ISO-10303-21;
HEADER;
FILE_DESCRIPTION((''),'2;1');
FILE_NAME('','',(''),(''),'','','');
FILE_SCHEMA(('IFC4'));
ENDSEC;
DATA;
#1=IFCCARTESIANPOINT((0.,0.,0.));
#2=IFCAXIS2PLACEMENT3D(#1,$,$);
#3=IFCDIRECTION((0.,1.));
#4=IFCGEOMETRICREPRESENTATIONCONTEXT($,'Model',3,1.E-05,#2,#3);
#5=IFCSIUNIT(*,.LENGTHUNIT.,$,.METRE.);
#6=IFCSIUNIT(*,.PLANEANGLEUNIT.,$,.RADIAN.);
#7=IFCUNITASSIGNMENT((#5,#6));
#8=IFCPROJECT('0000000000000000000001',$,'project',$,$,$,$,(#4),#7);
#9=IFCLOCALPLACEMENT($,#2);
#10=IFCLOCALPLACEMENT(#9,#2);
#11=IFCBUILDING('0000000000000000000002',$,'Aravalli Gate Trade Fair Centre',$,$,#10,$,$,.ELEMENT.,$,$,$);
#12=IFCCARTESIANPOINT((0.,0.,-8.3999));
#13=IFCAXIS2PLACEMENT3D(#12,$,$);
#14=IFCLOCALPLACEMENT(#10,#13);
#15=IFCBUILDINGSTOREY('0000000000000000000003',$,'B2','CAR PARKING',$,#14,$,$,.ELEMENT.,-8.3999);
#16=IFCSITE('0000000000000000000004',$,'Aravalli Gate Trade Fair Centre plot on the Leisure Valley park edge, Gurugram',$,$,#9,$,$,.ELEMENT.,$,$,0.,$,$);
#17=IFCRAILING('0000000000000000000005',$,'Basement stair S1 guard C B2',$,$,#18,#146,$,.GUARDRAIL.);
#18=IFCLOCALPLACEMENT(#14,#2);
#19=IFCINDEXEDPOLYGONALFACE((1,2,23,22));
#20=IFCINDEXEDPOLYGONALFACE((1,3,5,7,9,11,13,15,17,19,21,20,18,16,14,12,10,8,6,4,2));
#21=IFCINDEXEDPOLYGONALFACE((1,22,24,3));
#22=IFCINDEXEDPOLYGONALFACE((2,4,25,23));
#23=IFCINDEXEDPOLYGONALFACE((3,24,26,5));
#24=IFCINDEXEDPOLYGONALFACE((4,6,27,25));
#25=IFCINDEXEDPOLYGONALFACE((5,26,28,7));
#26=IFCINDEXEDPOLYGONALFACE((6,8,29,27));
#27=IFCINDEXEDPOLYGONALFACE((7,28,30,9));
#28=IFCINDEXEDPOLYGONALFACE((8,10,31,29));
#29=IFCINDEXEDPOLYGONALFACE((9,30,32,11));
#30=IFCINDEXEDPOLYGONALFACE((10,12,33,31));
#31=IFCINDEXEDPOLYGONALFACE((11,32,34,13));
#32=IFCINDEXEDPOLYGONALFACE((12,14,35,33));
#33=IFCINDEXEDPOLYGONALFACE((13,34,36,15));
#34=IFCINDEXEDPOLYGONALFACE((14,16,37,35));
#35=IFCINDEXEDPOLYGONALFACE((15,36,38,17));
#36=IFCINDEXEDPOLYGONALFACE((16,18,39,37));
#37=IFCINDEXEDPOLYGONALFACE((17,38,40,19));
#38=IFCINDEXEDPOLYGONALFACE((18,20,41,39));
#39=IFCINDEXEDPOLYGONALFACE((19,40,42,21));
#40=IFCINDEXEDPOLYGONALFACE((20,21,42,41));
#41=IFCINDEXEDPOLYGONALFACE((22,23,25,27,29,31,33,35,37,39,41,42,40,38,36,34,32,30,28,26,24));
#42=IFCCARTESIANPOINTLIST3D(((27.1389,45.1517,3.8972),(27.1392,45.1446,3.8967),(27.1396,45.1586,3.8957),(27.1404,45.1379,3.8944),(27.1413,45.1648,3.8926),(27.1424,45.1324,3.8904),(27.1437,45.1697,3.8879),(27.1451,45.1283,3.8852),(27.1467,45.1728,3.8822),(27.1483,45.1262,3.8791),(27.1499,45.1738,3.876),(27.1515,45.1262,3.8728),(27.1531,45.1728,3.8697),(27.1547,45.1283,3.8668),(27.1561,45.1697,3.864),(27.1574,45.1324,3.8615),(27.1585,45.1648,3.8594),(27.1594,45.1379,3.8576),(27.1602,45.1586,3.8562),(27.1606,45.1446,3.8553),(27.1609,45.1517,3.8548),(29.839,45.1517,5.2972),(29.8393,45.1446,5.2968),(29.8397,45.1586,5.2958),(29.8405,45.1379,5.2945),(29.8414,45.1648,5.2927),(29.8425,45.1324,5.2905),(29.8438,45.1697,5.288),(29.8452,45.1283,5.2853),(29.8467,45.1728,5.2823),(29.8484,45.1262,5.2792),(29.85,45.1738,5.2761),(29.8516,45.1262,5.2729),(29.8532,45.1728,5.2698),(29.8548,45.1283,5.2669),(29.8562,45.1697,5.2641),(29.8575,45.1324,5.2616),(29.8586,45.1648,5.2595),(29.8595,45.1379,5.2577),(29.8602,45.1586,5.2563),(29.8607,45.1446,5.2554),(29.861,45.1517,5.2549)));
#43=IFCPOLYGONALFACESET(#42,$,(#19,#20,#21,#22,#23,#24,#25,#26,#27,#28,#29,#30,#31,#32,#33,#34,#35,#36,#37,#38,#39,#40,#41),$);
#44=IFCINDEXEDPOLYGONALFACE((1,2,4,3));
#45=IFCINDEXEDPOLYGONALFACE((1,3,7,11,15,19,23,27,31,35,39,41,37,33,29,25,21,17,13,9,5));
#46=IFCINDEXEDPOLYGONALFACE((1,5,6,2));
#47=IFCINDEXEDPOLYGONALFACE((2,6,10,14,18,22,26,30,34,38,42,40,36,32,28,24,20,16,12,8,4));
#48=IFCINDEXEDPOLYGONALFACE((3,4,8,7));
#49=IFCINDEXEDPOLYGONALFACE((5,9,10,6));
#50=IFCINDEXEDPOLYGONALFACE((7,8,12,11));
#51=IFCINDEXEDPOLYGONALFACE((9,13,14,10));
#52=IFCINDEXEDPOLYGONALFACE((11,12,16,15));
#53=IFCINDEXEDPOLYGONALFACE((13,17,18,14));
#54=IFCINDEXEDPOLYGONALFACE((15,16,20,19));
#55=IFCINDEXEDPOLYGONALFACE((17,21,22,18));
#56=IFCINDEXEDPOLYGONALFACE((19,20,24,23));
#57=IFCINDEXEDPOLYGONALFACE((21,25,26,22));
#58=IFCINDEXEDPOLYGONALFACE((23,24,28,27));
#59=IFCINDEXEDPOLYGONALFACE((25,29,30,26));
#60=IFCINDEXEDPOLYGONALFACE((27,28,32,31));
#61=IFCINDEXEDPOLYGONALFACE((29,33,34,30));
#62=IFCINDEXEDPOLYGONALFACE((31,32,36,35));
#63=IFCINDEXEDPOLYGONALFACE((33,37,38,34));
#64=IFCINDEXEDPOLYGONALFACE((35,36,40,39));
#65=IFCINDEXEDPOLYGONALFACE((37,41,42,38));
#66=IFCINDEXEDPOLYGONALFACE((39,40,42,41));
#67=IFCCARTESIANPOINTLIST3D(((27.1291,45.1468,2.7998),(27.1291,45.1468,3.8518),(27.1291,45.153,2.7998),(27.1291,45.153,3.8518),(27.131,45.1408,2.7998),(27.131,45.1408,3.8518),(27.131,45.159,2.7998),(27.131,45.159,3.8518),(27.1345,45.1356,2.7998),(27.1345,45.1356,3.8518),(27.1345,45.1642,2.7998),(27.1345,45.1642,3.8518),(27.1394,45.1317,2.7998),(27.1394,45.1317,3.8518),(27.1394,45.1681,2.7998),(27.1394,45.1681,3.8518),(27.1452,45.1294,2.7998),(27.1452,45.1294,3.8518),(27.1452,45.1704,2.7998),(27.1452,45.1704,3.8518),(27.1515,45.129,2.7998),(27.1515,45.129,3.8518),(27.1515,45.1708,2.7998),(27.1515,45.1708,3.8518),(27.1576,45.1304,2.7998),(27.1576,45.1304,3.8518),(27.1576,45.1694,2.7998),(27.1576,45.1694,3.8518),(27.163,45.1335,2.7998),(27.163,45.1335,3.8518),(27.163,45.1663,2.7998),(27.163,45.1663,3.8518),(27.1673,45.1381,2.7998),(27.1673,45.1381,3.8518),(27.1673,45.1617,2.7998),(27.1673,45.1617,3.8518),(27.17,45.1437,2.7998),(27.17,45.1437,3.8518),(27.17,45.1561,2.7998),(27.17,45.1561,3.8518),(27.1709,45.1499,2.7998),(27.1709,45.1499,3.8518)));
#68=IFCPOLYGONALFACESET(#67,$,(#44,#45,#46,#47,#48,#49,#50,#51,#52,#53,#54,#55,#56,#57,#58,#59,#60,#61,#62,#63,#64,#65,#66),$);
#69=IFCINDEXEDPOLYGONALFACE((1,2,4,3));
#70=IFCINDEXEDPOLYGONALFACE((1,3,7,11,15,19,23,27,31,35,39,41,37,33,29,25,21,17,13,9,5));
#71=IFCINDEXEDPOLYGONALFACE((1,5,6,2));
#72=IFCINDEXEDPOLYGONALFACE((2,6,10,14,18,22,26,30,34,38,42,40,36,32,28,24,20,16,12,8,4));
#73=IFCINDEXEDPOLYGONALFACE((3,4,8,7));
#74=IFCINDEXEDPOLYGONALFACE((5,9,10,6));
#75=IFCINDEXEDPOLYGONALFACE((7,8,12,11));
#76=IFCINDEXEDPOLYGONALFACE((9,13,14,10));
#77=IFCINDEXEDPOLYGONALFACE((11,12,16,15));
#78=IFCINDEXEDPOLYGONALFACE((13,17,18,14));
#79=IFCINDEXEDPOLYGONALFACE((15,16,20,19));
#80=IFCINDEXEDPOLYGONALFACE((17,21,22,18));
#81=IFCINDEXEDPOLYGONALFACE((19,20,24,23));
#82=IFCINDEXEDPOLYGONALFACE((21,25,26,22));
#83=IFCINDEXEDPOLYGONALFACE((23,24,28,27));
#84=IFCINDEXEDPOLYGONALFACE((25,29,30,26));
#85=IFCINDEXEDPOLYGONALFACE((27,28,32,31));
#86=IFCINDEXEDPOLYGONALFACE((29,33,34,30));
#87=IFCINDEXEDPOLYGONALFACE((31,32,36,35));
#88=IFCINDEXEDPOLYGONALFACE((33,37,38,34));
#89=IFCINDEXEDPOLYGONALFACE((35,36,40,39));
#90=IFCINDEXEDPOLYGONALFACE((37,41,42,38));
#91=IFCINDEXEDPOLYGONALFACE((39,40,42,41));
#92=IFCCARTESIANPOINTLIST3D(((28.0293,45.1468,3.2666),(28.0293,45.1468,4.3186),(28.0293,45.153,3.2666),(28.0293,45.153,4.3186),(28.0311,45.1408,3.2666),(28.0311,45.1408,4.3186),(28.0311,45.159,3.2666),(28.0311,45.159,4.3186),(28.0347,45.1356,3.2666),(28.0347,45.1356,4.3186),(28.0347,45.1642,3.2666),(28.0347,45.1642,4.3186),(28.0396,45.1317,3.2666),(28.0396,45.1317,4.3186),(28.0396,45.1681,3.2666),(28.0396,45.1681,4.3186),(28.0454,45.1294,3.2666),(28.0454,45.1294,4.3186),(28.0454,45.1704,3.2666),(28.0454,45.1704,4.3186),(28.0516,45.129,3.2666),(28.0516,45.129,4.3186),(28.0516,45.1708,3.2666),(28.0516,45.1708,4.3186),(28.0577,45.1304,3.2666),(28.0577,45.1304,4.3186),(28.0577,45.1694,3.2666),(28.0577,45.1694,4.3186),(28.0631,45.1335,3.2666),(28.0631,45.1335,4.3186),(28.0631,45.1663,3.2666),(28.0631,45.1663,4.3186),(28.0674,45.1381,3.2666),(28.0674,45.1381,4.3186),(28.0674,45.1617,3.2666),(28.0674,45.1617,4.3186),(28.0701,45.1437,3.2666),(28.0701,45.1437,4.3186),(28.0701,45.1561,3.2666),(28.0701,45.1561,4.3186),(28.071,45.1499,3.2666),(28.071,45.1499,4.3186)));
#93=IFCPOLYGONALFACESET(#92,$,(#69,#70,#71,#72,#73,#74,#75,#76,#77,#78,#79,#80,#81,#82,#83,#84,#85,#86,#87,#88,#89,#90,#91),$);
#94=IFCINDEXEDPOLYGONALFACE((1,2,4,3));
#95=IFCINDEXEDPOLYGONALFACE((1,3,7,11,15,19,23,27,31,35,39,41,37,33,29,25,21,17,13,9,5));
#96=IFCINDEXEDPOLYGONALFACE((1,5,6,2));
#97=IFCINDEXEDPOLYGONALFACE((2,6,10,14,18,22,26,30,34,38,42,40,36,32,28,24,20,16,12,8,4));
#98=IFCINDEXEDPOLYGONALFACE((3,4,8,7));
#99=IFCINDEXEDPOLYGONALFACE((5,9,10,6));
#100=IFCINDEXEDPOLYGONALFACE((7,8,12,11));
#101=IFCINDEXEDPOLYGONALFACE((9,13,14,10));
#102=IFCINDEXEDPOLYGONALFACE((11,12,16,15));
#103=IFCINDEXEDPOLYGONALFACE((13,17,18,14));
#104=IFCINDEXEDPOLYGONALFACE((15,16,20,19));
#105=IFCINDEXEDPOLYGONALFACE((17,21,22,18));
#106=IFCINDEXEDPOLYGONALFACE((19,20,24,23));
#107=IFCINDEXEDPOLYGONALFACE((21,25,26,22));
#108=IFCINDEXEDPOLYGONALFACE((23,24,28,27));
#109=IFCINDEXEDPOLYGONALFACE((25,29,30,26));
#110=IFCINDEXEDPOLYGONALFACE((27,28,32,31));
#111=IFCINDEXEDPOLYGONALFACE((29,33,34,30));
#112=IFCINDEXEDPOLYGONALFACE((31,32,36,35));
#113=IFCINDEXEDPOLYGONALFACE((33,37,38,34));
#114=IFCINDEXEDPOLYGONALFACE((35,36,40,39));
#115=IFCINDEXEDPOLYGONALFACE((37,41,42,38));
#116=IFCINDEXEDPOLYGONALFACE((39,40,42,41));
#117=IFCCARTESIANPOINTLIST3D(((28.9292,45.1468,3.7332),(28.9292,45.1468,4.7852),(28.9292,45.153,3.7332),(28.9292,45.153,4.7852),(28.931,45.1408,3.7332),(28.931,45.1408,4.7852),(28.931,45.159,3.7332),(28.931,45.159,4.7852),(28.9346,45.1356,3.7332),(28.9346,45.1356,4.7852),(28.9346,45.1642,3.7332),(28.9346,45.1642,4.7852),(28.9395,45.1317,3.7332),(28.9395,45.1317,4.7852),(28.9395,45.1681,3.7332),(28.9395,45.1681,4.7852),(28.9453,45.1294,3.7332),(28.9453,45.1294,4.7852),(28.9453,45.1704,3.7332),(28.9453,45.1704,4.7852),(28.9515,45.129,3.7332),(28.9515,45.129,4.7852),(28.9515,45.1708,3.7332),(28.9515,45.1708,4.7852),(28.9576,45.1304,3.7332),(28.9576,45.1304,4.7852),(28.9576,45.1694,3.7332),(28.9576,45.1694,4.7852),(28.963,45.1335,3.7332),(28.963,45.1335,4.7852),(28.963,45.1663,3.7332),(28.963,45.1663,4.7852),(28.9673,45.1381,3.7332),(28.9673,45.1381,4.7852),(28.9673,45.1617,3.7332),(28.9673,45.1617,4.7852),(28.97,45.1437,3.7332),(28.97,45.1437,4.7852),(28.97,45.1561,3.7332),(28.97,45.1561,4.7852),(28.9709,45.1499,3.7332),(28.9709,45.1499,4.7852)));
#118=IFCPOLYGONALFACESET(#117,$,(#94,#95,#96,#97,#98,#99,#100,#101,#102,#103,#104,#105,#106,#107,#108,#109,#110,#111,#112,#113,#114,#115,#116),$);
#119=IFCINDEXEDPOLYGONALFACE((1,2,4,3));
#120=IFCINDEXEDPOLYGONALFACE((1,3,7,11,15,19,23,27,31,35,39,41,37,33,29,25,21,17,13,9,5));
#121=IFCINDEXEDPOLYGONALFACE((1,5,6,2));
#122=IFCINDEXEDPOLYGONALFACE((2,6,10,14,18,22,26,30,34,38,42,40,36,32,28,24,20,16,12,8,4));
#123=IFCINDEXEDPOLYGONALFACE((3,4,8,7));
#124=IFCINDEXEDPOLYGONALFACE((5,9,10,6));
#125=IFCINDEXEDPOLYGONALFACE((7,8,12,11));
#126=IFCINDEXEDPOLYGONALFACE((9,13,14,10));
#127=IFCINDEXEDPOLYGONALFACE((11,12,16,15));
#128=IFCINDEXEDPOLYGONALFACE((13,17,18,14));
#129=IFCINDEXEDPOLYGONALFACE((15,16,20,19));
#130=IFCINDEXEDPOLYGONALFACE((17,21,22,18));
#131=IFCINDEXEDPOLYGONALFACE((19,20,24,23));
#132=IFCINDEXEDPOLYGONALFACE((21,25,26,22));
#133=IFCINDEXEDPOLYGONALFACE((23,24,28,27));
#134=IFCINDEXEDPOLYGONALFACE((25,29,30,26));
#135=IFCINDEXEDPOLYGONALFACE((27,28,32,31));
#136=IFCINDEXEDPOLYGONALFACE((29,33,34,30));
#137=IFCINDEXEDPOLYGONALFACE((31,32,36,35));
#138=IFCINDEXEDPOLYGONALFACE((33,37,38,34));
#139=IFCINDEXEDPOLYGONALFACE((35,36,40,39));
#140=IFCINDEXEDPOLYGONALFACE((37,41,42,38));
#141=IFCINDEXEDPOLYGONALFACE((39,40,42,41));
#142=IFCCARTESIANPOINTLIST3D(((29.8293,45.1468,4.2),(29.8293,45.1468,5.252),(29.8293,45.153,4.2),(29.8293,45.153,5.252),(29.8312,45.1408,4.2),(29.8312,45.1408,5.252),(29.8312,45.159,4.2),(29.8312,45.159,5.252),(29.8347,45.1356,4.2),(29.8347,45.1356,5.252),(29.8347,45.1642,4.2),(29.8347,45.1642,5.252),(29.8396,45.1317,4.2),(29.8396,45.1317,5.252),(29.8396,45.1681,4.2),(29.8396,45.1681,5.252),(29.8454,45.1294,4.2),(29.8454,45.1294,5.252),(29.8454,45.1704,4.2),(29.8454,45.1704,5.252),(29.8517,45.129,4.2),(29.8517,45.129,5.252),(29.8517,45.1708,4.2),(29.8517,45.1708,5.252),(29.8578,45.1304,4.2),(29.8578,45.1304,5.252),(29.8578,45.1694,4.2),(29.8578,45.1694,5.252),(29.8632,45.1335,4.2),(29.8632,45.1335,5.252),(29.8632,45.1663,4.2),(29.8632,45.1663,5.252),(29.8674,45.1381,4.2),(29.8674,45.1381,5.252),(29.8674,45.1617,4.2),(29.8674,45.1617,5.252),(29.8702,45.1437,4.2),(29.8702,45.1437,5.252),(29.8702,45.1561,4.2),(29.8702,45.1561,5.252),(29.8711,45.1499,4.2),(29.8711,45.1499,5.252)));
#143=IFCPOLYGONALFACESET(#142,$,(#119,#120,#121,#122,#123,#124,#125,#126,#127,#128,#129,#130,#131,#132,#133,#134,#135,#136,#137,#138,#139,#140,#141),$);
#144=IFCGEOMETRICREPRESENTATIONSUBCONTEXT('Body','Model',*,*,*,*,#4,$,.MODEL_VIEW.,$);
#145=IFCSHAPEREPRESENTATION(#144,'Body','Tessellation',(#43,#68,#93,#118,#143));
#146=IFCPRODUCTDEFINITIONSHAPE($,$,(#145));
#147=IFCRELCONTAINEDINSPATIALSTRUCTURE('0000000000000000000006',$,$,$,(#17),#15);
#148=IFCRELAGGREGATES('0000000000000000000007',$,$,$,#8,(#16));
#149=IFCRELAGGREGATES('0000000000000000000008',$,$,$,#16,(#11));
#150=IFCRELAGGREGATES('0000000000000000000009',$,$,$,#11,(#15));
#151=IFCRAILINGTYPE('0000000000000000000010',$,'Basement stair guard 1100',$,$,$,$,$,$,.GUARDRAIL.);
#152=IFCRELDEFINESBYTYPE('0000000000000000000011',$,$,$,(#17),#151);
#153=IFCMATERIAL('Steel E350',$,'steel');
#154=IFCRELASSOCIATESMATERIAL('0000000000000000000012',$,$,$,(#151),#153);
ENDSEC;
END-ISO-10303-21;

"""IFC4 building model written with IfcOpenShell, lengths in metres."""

from ifc_helpers import new_model, si_unit, direction, frame, origin, origin_2d, place, context, subcontext, project, spatial, circle, extrude, material, type_object, element, save


model = new_model("IFC4")

# Units and contexts
model_context = context("Model", 3, precision=1e-05, world=origin(), true_north=direction((0.0, 1.0)))
body_context = subcontext(model_context, "Body", "Model", "MODEL_VIEW")
ifc_project = project(units=[si_unit("LENGTHUNIT", "METRE"), si_unit("PLANEANGLEUNIT", "RADIAN")], contexts=[model_context])

# Site, building, storey
site_placement = place(None, origin())
site = spatial("IfcSite", under=ifc_project, at=site_placement, Name="Aravalli Gate Trade Fair Centre plot on the Leisure Valley park edge, Gurugram", CompositionType="ELEMENT", RefElevation=0.0)
building_placement = place(site_placement, origin())
building = spatial("IfcBuilding", under=site, at=building_placement, Name="Aravalli Gate Trade Fair Centre", CompositionType="ELEMENT")
storey_placement = place(building_placement, frame((0.0, 0.0, -8.3999)))
storey = spatial("IfcBuildingStorey", under=building, at=storey_placement, Name="B2", Description="CAR PARKING", CompositionType="ELEMENT", Elevation=-8.3999)

# Railing
ifc_material_1 = material(Name="Steel E350", Category="steel")
railing_type = type_object("IfcRailingType", Name="Basement stair guard 1100", PredefinedType="GUARDRAIL", material=ifc_material_1)
railing_1_placement = place(storey_placement, frame((27.1499, 45.1499, 2.7998)))
element("IfcRailing", 1, at=railing_1_placement, inside=storey, type_object=railing_type, Name="Basement stair S1 guard C B2", PredefinedType="GUARDRAIL", context=body_context, shape_type="SweptSolid", body=[
    extrude(circle(Radius=0.0239, at=origin_2d()), frame((0.0, 0.0, 1.0762), z_axis=(0.887748, 0.0, 0.460329), x_axis=(0.0, 1.0, 0.0)), (0.0, 0.0, 1.0), 3.0415),
    extrude(circle(Radius=0.021, at=origin_2d()), origin(), (0.0, 0.0, 1.0), 1.052),
    extrude(circle(Radius=0.021, at=origin_2d()), frame((0.9001, 0.0, 0.4668)), (0.0, 0.0, 1.0), 1.052),
    extrude(circle(Radius=0.021, at=origin_2d()), frame((1.8, 0.0, 0.9333)), (0.0, 0.0, 1.0), 1.052),
    extrude(circle(Radius=0.021, at=origin_2d()), frame((2.7002, 0.0, 1.4001)), (0.0, 0.0, 1.0), 1.052),
])

save(model, "model.ifc")
